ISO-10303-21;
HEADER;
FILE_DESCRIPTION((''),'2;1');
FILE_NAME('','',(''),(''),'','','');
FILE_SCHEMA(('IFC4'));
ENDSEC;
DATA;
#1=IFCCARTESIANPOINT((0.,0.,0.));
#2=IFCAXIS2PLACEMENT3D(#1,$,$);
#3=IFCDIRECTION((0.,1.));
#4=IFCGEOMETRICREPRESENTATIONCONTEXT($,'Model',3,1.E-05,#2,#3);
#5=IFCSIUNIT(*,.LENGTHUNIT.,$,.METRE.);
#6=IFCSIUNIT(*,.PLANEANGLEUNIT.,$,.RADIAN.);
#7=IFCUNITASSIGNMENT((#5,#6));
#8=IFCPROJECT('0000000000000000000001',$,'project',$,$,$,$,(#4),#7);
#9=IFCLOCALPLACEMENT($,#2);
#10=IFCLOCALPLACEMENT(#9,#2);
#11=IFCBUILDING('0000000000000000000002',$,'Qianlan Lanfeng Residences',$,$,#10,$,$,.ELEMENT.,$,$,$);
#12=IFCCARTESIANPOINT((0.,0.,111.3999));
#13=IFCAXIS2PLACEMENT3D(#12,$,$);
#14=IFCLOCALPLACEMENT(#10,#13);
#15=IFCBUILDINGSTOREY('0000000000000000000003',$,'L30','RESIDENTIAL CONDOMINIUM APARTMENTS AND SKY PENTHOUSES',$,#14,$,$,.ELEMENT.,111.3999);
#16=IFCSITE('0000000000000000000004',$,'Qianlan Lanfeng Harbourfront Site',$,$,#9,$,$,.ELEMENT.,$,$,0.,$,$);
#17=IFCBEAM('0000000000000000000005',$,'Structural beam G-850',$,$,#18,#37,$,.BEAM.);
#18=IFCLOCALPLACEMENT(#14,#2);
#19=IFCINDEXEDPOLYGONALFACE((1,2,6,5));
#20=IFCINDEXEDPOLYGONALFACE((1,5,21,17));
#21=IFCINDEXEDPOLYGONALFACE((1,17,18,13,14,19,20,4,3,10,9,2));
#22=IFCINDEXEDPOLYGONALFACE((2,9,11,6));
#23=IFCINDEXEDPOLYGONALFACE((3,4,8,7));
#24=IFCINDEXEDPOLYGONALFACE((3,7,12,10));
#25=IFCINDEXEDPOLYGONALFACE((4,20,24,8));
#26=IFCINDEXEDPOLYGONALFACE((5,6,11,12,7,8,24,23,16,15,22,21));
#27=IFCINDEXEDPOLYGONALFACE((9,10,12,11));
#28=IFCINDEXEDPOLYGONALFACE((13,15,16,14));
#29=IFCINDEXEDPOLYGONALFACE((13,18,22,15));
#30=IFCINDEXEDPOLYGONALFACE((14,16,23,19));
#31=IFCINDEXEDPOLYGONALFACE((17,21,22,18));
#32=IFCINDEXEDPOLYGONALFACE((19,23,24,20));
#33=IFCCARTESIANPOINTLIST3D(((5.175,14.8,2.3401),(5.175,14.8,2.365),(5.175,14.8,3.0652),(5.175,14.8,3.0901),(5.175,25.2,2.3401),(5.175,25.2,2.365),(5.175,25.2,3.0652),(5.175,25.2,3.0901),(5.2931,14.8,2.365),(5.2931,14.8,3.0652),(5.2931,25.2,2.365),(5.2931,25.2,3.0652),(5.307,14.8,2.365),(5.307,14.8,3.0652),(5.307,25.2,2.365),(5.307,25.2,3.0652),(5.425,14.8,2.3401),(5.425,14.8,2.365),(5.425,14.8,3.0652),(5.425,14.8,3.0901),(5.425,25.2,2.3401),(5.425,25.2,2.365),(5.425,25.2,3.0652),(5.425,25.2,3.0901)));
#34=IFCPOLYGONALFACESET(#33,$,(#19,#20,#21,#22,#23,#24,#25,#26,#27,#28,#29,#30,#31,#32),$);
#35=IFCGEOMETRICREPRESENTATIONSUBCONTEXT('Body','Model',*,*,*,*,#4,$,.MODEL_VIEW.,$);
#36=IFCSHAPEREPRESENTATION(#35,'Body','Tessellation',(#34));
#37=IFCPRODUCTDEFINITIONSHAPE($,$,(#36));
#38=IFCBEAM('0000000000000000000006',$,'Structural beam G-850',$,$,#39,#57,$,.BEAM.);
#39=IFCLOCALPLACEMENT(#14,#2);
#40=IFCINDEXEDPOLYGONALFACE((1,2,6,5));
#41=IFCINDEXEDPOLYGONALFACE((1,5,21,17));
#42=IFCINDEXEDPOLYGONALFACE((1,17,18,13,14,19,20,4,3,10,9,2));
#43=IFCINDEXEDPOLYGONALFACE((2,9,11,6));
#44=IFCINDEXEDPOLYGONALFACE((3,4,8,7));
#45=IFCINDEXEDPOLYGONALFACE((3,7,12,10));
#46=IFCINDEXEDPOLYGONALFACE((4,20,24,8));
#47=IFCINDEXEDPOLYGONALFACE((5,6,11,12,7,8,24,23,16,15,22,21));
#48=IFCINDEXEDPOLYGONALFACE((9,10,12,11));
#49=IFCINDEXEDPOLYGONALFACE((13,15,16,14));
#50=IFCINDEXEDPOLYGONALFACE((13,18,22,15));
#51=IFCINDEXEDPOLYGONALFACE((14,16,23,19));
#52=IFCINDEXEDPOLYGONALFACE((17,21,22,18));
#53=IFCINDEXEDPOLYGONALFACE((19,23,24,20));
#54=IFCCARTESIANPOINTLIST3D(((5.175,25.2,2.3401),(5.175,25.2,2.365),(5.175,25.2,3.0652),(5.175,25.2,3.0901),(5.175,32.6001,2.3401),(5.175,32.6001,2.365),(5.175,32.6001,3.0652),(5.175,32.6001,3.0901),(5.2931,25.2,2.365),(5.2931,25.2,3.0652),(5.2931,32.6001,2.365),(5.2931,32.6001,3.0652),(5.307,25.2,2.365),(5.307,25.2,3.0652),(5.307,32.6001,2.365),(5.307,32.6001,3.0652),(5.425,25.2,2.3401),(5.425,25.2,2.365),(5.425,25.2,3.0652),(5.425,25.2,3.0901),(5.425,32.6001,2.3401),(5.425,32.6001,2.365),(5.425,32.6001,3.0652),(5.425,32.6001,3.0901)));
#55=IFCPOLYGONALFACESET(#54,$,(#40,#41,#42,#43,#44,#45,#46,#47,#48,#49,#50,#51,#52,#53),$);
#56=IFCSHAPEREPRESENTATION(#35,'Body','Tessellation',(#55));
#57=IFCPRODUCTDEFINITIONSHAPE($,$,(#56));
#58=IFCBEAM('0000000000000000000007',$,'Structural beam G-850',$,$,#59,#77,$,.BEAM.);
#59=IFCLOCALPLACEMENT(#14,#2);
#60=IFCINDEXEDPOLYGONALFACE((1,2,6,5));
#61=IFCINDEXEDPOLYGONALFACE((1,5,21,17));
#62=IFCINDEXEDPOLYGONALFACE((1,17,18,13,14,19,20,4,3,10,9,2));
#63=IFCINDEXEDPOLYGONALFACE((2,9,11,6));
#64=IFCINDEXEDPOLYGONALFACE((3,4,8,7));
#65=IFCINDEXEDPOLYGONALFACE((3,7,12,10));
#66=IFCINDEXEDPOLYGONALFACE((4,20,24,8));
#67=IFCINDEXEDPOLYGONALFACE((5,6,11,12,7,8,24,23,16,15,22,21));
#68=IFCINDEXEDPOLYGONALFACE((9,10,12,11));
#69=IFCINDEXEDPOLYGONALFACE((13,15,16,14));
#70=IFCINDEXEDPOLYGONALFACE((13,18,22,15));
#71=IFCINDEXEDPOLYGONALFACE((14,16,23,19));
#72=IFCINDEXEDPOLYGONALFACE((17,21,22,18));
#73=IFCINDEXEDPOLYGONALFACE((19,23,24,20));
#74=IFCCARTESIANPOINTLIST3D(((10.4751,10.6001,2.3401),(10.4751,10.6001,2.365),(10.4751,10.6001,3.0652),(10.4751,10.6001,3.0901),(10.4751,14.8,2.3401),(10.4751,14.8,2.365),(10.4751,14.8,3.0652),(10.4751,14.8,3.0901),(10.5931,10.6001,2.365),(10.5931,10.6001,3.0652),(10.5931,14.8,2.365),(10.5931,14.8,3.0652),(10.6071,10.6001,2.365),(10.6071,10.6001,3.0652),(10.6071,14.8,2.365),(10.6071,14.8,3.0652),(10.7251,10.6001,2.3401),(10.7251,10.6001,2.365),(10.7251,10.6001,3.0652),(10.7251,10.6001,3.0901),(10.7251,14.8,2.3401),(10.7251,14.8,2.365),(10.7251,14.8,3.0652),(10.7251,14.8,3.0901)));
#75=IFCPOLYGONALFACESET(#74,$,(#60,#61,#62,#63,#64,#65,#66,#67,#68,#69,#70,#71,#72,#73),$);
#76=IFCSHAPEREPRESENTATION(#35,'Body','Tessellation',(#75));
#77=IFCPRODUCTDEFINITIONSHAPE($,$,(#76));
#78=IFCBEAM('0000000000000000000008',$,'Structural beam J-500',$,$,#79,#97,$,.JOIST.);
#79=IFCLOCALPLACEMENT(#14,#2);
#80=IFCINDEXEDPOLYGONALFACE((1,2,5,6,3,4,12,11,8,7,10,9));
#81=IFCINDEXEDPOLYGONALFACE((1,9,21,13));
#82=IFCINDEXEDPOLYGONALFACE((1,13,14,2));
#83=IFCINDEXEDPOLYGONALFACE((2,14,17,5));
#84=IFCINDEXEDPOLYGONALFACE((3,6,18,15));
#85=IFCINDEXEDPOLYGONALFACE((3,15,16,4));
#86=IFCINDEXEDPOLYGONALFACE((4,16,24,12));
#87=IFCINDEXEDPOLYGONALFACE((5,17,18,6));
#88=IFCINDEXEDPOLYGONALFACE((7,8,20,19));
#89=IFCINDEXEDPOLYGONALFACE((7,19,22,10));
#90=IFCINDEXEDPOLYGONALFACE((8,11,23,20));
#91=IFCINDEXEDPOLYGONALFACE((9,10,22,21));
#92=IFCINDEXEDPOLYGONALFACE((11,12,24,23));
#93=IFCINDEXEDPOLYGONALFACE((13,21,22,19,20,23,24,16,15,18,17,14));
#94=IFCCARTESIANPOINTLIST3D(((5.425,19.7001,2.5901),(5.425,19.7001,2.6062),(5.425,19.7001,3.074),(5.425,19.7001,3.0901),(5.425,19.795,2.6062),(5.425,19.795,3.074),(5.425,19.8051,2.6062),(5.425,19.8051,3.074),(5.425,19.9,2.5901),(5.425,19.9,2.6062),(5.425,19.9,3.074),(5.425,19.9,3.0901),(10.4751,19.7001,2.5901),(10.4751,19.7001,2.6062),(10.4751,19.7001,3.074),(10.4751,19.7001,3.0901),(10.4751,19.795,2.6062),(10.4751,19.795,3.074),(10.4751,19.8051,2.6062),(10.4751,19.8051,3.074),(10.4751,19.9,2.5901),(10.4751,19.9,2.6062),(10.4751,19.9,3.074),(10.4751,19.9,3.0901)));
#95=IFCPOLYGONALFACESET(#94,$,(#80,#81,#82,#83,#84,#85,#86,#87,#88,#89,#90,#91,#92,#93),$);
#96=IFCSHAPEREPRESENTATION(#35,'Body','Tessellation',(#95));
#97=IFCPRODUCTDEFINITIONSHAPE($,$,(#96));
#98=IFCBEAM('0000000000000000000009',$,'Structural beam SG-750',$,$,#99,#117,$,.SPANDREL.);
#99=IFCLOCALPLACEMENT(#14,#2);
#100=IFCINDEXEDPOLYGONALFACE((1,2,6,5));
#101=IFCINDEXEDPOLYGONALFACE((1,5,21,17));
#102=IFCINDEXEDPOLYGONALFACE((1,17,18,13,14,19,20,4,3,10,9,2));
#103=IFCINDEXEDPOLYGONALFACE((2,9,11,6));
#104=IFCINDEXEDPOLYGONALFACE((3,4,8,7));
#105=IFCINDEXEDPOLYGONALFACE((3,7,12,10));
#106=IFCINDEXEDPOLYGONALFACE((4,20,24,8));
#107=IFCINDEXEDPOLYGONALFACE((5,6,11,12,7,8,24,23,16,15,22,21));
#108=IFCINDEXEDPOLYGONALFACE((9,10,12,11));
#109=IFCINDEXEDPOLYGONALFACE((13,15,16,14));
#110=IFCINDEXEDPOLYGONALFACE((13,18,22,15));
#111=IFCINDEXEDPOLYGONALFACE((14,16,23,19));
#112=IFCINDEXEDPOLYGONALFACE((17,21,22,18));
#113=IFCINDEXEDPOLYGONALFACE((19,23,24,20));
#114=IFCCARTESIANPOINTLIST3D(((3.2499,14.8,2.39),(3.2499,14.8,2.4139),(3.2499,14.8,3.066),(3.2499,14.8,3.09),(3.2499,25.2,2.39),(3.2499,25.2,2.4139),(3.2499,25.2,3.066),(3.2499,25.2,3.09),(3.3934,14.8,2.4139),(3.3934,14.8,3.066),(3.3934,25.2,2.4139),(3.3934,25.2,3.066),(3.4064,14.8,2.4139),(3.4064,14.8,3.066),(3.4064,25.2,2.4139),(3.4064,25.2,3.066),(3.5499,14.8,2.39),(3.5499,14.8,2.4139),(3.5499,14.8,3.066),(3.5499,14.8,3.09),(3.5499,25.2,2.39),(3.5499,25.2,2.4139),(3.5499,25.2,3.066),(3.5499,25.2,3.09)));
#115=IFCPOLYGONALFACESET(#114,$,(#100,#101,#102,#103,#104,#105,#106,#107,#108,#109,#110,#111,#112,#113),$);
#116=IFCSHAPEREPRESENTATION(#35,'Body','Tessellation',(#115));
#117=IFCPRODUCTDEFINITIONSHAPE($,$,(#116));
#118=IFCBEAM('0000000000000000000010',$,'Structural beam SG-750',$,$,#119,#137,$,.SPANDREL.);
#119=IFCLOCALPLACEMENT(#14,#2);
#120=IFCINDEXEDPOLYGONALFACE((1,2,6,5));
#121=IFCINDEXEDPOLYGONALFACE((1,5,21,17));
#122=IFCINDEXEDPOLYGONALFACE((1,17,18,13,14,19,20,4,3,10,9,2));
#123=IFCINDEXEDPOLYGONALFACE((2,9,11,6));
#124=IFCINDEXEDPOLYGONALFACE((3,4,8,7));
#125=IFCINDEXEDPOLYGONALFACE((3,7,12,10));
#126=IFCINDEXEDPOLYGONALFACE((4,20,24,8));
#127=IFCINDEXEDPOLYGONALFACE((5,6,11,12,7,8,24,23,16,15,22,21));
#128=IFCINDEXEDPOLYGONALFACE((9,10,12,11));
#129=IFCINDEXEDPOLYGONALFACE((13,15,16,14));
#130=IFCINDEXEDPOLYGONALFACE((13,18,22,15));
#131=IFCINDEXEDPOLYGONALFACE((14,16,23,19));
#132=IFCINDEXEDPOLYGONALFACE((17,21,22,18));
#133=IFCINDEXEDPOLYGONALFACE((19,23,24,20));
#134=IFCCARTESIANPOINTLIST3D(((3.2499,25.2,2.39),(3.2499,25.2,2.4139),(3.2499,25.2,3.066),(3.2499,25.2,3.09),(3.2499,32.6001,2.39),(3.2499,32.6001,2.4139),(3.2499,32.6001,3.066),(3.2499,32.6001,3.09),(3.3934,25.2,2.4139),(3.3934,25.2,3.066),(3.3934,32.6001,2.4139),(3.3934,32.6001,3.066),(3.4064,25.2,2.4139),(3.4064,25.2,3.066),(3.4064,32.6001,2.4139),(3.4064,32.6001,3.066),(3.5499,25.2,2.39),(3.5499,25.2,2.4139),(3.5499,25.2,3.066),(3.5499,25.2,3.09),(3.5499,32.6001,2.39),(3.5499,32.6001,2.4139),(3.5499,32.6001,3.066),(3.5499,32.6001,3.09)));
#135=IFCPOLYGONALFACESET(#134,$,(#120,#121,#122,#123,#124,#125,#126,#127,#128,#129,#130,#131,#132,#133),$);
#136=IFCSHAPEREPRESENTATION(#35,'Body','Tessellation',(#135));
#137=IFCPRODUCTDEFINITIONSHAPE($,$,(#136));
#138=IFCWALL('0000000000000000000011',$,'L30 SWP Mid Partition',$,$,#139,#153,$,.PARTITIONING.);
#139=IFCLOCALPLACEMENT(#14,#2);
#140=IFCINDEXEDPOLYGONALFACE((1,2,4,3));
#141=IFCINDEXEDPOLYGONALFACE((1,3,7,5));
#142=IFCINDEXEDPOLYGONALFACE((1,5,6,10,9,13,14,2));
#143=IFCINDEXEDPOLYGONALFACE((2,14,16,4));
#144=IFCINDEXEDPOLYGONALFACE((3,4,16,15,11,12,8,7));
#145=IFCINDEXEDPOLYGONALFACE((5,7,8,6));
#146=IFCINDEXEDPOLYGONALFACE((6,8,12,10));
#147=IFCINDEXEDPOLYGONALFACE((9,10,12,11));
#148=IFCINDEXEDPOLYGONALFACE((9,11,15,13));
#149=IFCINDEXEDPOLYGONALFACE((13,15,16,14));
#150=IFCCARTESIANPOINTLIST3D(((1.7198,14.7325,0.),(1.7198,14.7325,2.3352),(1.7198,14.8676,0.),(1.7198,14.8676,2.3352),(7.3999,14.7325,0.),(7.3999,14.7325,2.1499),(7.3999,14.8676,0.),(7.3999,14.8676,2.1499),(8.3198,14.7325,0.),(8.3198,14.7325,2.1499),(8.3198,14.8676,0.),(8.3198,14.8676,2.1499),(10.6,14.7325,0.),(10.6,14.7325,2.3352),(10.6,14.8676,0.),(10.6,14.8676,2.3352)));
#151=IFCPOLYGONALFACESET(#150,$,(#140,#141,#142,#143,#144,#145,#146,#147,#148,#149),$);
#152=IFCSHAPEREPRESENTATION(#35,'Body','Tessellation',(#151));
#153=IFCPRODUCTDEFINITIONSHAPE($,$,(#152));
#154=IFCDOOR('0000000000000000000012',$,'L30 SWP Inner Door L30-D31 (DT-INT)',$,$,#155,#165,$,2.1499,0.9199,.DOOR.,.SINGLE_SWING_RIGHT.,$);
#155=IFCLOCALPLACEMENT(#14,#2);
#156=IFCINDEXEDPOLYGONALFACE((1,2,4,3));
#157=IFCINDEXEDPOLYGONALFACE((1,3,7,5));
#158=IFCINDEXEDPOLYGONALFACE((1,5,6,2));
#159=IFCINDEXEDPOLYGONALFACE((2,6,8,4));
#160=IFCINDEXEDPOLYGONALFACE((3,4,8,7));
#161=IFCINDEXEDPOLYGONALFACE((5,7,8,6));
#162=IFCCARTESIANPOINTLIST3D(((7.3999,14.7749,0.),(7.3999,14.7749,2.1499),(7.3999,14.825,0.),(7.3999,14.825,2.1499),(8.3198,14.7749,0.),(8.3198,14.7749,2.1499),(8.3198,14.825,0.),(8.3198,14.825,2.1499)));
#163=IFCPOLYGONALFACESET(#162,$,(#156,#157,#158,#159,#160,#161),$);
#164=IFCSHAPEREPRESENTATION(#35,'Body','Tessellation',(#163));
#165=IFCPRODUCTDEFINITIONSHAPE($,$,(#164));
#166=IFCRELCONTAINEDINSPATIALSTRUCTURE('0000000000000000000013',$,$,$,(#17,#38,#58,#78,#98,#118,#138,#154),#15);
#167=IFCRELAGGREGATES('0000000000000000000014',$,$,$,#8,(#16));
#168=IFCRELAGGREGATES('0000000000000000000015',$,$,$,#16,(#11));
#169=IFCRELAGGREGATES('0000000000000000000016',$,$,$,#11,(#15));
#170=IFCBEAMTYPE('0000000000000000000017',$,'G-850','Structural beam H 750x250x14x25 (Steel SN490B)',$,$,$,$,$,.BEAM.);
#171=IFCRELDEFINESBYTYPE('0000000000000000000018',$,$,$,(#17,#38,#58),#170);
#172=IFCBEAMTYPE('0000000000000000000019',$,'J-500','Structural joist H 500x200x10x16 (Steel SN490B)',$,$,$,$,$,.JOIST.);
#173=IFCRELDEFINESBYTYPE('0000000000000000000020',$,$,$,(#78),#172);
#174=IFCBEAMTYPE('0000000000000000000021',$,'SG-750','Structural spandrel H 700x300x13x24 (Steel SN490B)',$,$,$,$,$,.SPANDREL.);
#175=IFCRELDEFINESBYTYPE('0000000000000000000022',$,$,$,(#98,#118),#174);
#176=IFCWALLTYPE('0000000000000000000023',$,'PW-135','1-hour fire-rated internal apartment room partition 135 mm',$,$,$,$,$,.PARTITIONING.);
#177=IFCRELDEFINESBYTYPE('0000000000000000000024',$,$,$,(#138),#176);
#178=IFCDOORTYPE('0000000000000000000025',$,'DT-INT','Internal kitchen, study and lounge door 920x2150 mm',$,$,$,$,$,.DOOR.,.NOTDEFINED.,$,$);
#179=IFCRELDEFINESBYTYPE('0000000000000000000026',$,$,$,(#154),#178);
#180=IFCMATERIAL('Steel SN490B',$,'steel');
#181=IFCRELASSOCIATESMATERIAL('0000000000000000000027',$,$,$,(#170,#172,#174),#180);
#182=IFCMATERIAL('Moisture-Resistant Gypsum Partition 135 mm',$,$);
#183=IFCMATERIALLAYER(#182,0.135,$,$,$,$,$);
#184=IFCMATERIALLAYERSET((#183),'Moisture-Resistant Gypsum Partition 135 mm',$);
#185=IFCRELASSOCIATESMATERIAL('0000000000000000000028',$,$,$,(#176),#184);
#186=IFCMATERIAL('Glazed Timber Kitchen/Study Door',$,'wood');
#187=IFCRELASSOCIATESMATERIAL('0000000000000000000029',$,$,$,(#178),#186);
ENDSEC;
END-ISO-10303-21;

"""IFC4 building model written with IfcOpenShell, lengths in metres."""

from ifc_helpers import new_model, si_unit, direction, frame, frame_2d, origin, origin_2d, place, context, subcontext, project, spatial, rectangle, i_section, extrude, material, layer, layer_set, material_profile, profile_set, type_object, element, fill, save


model = new_model("IFC4")

# Units and contexts
model_context = context("Model", 3, precision=1e-05, world=origin(), true_north=direction((0.0, 1.0)))
body_context = subcontext(model_context, "Body", "Model", "MODEL_VIEW")
ifc_project = project(units=[si_unit("LENGTHUNIT", "METRE"), si_unit("PLANEANGLEUNIT", "RADIAN")], contexts=[model_context])

# Site, building, storey
site_placement = place(None, origin())
site = spatial("IfcSite", under=ifc_project, at=site_placement, Name="Qianlan Lanfeng Harbourfront Site", CompositionType="ELEMENT", RefElevation=0.0)
building_placement = place(site_placement, origin())
building = spatial("IfcBuilding", under=site, at=building_placement, Name="Qianlan Lanfeng Residences", CompositionType="ELEMENT")
storey_placement = place(building_placement, frame((0.0, 0.0, 111.3999)))
storey = spatial("IfcBuildingStorey", under=building, at=storey_placement, Name="L30", Description="RESIDENTIAL CONDOMINIUM APARTMENTS AND SKY PENTHOUSES", CompositionType="ELEMENT", Elevation=111.3999)

# Shared definitions
ifc_material_1 = material(Name="Steel SN490B", Category="steel")

# Beams
ifc_material_profile_1 = material_profile(ifc_material_1, i_section(OverallWidth=0.25, OverallDepth=0.75, WebThickness=0.0139, FlangeThickness=0.0249, at=origin_2d()), Name="H 750x250x14x25")
ifc_profile_set_1 = profile_set([ifc_material_profile_1], Name="Steel SN490B")
beam_type_1 = type_object("IfcBeamType", Name="G-850", Description="Structural beam H 750x250x14x25 (Steel SN490B)", PredefinedType="BEAM", material=ifc_profile_set_1)
beam_1_placement = place(storey_placement, frame((5.3, 14.8, 2.7151), z_axis=(0.0, 1.0, 0.0), x_axis=(-1.0, 0.0, 0.0)))
element("IfcBeam", 1, at=beam_1_placement, inside=storey, type_object=beam_type_1, Name="Structural beam G-850", PredefinedType="BEAM", context=body_context, shape_type="SweptSolid", body=[
    extrude(i_section(OverallWidth=0.25, OverallDepth=0.75, WebThickness=0.0139, FlangeThickness=0.0249, at=origin_2d()), origin(), (0.0, 0.0, 1.0), 10.3999),
])
beam_2_placement = place(storey_placement, frame((5.3, 25.2, 2.7151), z_axis=(0.0, 1.0, 0.0), x_axis=(-1.0, 0.0, 0.0)))
element("IfcBeam", 2, at=beam_2_placement, inside=storey, type_object=beam_type_1, Name="Structural beam G-850", PredefinedType="BEAM", context=body_context, shape_type="SweptSolid", body=[
    extrude(i_section(OverallWidth=0.25, OverallDepth=0.75, WebThickness=0.0139, FlangeThickness=0.0249, at=origin_2d()), origin(), (0.0, 0.0, 1.0), 7.4001),
])
beam_3_placement = place(storey_placement, frame((10.6001, 10.6001, 2.7151), z_axis=(0.0, 1.0, 0.0), x_axis=(-1.0, 0.0, 0.0)))
element("IfcBeam", 3, at=beam_3_placement, inside=storey, type_object=beam_type_1, Name="Structural beam G-850", PredefinedType="BEAM", context=body_context, shape_type="SweptSolid", body=[
    extrude(i_section(OverallWidth=0.25, OverallDepth=0.75, WebThickness=0.0139, FlangeThickness=0.0249, at=origin_2d()), origin(), (0.0, 0.0, 1.0), 4.2),
])
ifc_material_profile_2 = material_profile(ifc_material_1, i_section(OverallWidth=0.2, OverallDepth=0.5, WebThickness=0.01, FlangeThickness=0.0161, at=origin_2d()), Name="H 500x200x10x16")
ifc_profile_set_2 = profile_set([ifc_material_profile_2], Name="Steel SN490B")
beam_type_2 = type_object("IfcBeamType", Name="J-500", Description="Structural joist H 500x200x10x16 (Steel SN490B)", PredefinedType="JOIST", material=ifc_profile_set_2)
beam_4_placement = place(storey_placement, frame((5.425, 19.8, 2.8401), z_axis=(1.0, 0.0, 0.0), x_axis=(0.0, 1.0, 0.0)))
element("IfcBeam", 4, at=beam_4_placement, inside=storey, type_object=beam_type_2, Name="Structural beam J-500", PredefinedType="JOIST", context=body_context, shape_type="SweptSolid", body=[
    extrude(i_section(OverallWidth=0.2, OverallDepth=0.5, WebThickness=0.01, FlangeThickness=0.0161, at=origin_2d()), origin(), (0.0, 0.0, 1.0), 5.05),
])
ifc_material_profile_3 = material_profile(ifc_material_1, i_section(OverallWidth=0.3, OverallDepth=0.7, WebThickness=0.0129, FlangeThickness=0.0239, at=origin_2d()), Name="H 700x300x13x24")
ifc_profile_set_3 = profile_set([ifc_material_profile_3], Name="Steel SN490B")
beam_type_3 = type_object("IfcBeamType", Name="SG-750", Description="Structural spandrel H 700x300x13x24 (Steel SN490B)", PredefinedType="SPANDREL", material=ifc_profile_set_3)
beam_5_placement = place(storey_placement, frame((3.3999, 14.8, 2.74), z_axis=(0.0, 1.0, 0.0), x_axis=(-1.0, 0.0, 0.0)))
element("IfcBeam", 5, at=beam_5_placement, inside=storey, type_object=beam_type_3, Name="Structural beam SG-750", PredefinedType="SPANDREL", context=body_context, shape_type="SweptSolid", body=[
    extrude(i_section(OverallWidth=0.3, OverallDepth=0.7, WebThickness=0.0129, FlangeThickness=0.0239, at=origin_2d()), origin(), (0.0, 0.0, 1.0), 10.3999),
])
beam_6_placement = place(storey_placement, frame((3.3999, 25.2, 2.74), z_axis=(0.0, 1.0, 0.0), x_axis=(-1.0, 0.0, 0.0)))
element("IfcBeam", 6, at=beam_6_placement, inside=storey, type_object=beam_type_3, Name="Structural beam SG-750", PredefinedType="SPANDREL", context=body_context, shape_type="SweptSolid", body=[
    extrude(i_section(OverallWidth=0.3, OverallDepth=0.7, WebThickness=0.0129, FlangeThickness=0.0239, at=origin_2d()), origin(), (0.0, 0.0, 1.0), 7.4001),
])

# Wall, opening, door
ifc_material_2 = material(Name="Moisture-Resistant Gypsum Partition 135 mm")
ifc_layer_1 = layer(ifc_material_2, 0.135)
ifc_layer_set_1 = layer_set([ifc_layer_1], Name="Moisture-Resistant Gypsum Partition 135 mm")
wall_type_1 = type_object("IfcWallType", Name="PW-135", Description="1-hour fire-rated internal apartment room partition 135 mm", PredefinedType="PARTITIONING", material=ifc_layer_set_1)
wall_1_placement = place(storey_placement, frame((1.72, 14.8, 0.0), z_axis=(0.0, 0.0, 1.0), x_axis=(1.0, 0.0, 0.0)))
wall_1 = element("IfcWall", 7, at=wall_1_placement, inside=storey, type_object=wall_type_1, Name="L30 SWP Mid Partition", PredefinedType="PARTITIONING", context=body_context, shape_type="SweptSolid", body=[
    extrude(rectangle(XDim=8.8801, YDim=0.135, at=frame_2d((4.4399, 0.0))), origin(), (0.0, 0.0, 1.0), 2.3352),
])
opening_1_placement = place(wall_1_placement, frame((5.6799, 0.0, 0.0)))
opening_1 = element("IfcOpeningElement", 8, at=opening_1_placement, cuts=wall_1, PredefinedType="OPENING", context=body_context, shape_type="SweptSolid", body=[
    extrude(rectangle(XDim=0.9199, YDim=2.1499, at=frame_2d((0.46, 1.075))), frame((0.0, 0.0776, 0.0), z_axis=(0.0, -1.0, 0.0), x_axis=(1.0, 0.0, 0.0)), (0.0, 0.0, 1.0), 0.155),
])
ifc_material_3 = material(Name="Glazed Timber Kitchen/Study Door", Category="wood")
door_type_1 = type_object("IfcDoorType", Name="DT-INT", Description="Internal kitchen, study and lounge door 920x2150 mm", OperationType="NOTDEFINED", PredefinedType="DOOR", material=ifc_material_3)
door_1_placement = place(opening_1_placement, origin())
door_1 = element("IfcDoor", 9, at=door_1_placement, inside=storey, type_object=door_type_1, Name="L30 SWP Inner Door L30-D31 (DT-INT)", OperationType="SINGLE_SWING_RIGHT", OverallHeight=2.1499, OverallWidth=0.9199, PredefinedType="DOOR", context=body_context, shape_type="SweptSolid", body=[
    extrude(rectangle(XDim=0.9199, YDim=2.1499, at=frame_2d((0.46, 1.075))), frame((0.0, 0.0249, 0.0), z_axis=(0.0, -1.0, 0.0), x_axis=(1.0, 0.0, 0.0)), (0.0, 0.0, 1.0), 0.05),
])
fill(opening_1, door_1)

save(model, "model.ifc")
